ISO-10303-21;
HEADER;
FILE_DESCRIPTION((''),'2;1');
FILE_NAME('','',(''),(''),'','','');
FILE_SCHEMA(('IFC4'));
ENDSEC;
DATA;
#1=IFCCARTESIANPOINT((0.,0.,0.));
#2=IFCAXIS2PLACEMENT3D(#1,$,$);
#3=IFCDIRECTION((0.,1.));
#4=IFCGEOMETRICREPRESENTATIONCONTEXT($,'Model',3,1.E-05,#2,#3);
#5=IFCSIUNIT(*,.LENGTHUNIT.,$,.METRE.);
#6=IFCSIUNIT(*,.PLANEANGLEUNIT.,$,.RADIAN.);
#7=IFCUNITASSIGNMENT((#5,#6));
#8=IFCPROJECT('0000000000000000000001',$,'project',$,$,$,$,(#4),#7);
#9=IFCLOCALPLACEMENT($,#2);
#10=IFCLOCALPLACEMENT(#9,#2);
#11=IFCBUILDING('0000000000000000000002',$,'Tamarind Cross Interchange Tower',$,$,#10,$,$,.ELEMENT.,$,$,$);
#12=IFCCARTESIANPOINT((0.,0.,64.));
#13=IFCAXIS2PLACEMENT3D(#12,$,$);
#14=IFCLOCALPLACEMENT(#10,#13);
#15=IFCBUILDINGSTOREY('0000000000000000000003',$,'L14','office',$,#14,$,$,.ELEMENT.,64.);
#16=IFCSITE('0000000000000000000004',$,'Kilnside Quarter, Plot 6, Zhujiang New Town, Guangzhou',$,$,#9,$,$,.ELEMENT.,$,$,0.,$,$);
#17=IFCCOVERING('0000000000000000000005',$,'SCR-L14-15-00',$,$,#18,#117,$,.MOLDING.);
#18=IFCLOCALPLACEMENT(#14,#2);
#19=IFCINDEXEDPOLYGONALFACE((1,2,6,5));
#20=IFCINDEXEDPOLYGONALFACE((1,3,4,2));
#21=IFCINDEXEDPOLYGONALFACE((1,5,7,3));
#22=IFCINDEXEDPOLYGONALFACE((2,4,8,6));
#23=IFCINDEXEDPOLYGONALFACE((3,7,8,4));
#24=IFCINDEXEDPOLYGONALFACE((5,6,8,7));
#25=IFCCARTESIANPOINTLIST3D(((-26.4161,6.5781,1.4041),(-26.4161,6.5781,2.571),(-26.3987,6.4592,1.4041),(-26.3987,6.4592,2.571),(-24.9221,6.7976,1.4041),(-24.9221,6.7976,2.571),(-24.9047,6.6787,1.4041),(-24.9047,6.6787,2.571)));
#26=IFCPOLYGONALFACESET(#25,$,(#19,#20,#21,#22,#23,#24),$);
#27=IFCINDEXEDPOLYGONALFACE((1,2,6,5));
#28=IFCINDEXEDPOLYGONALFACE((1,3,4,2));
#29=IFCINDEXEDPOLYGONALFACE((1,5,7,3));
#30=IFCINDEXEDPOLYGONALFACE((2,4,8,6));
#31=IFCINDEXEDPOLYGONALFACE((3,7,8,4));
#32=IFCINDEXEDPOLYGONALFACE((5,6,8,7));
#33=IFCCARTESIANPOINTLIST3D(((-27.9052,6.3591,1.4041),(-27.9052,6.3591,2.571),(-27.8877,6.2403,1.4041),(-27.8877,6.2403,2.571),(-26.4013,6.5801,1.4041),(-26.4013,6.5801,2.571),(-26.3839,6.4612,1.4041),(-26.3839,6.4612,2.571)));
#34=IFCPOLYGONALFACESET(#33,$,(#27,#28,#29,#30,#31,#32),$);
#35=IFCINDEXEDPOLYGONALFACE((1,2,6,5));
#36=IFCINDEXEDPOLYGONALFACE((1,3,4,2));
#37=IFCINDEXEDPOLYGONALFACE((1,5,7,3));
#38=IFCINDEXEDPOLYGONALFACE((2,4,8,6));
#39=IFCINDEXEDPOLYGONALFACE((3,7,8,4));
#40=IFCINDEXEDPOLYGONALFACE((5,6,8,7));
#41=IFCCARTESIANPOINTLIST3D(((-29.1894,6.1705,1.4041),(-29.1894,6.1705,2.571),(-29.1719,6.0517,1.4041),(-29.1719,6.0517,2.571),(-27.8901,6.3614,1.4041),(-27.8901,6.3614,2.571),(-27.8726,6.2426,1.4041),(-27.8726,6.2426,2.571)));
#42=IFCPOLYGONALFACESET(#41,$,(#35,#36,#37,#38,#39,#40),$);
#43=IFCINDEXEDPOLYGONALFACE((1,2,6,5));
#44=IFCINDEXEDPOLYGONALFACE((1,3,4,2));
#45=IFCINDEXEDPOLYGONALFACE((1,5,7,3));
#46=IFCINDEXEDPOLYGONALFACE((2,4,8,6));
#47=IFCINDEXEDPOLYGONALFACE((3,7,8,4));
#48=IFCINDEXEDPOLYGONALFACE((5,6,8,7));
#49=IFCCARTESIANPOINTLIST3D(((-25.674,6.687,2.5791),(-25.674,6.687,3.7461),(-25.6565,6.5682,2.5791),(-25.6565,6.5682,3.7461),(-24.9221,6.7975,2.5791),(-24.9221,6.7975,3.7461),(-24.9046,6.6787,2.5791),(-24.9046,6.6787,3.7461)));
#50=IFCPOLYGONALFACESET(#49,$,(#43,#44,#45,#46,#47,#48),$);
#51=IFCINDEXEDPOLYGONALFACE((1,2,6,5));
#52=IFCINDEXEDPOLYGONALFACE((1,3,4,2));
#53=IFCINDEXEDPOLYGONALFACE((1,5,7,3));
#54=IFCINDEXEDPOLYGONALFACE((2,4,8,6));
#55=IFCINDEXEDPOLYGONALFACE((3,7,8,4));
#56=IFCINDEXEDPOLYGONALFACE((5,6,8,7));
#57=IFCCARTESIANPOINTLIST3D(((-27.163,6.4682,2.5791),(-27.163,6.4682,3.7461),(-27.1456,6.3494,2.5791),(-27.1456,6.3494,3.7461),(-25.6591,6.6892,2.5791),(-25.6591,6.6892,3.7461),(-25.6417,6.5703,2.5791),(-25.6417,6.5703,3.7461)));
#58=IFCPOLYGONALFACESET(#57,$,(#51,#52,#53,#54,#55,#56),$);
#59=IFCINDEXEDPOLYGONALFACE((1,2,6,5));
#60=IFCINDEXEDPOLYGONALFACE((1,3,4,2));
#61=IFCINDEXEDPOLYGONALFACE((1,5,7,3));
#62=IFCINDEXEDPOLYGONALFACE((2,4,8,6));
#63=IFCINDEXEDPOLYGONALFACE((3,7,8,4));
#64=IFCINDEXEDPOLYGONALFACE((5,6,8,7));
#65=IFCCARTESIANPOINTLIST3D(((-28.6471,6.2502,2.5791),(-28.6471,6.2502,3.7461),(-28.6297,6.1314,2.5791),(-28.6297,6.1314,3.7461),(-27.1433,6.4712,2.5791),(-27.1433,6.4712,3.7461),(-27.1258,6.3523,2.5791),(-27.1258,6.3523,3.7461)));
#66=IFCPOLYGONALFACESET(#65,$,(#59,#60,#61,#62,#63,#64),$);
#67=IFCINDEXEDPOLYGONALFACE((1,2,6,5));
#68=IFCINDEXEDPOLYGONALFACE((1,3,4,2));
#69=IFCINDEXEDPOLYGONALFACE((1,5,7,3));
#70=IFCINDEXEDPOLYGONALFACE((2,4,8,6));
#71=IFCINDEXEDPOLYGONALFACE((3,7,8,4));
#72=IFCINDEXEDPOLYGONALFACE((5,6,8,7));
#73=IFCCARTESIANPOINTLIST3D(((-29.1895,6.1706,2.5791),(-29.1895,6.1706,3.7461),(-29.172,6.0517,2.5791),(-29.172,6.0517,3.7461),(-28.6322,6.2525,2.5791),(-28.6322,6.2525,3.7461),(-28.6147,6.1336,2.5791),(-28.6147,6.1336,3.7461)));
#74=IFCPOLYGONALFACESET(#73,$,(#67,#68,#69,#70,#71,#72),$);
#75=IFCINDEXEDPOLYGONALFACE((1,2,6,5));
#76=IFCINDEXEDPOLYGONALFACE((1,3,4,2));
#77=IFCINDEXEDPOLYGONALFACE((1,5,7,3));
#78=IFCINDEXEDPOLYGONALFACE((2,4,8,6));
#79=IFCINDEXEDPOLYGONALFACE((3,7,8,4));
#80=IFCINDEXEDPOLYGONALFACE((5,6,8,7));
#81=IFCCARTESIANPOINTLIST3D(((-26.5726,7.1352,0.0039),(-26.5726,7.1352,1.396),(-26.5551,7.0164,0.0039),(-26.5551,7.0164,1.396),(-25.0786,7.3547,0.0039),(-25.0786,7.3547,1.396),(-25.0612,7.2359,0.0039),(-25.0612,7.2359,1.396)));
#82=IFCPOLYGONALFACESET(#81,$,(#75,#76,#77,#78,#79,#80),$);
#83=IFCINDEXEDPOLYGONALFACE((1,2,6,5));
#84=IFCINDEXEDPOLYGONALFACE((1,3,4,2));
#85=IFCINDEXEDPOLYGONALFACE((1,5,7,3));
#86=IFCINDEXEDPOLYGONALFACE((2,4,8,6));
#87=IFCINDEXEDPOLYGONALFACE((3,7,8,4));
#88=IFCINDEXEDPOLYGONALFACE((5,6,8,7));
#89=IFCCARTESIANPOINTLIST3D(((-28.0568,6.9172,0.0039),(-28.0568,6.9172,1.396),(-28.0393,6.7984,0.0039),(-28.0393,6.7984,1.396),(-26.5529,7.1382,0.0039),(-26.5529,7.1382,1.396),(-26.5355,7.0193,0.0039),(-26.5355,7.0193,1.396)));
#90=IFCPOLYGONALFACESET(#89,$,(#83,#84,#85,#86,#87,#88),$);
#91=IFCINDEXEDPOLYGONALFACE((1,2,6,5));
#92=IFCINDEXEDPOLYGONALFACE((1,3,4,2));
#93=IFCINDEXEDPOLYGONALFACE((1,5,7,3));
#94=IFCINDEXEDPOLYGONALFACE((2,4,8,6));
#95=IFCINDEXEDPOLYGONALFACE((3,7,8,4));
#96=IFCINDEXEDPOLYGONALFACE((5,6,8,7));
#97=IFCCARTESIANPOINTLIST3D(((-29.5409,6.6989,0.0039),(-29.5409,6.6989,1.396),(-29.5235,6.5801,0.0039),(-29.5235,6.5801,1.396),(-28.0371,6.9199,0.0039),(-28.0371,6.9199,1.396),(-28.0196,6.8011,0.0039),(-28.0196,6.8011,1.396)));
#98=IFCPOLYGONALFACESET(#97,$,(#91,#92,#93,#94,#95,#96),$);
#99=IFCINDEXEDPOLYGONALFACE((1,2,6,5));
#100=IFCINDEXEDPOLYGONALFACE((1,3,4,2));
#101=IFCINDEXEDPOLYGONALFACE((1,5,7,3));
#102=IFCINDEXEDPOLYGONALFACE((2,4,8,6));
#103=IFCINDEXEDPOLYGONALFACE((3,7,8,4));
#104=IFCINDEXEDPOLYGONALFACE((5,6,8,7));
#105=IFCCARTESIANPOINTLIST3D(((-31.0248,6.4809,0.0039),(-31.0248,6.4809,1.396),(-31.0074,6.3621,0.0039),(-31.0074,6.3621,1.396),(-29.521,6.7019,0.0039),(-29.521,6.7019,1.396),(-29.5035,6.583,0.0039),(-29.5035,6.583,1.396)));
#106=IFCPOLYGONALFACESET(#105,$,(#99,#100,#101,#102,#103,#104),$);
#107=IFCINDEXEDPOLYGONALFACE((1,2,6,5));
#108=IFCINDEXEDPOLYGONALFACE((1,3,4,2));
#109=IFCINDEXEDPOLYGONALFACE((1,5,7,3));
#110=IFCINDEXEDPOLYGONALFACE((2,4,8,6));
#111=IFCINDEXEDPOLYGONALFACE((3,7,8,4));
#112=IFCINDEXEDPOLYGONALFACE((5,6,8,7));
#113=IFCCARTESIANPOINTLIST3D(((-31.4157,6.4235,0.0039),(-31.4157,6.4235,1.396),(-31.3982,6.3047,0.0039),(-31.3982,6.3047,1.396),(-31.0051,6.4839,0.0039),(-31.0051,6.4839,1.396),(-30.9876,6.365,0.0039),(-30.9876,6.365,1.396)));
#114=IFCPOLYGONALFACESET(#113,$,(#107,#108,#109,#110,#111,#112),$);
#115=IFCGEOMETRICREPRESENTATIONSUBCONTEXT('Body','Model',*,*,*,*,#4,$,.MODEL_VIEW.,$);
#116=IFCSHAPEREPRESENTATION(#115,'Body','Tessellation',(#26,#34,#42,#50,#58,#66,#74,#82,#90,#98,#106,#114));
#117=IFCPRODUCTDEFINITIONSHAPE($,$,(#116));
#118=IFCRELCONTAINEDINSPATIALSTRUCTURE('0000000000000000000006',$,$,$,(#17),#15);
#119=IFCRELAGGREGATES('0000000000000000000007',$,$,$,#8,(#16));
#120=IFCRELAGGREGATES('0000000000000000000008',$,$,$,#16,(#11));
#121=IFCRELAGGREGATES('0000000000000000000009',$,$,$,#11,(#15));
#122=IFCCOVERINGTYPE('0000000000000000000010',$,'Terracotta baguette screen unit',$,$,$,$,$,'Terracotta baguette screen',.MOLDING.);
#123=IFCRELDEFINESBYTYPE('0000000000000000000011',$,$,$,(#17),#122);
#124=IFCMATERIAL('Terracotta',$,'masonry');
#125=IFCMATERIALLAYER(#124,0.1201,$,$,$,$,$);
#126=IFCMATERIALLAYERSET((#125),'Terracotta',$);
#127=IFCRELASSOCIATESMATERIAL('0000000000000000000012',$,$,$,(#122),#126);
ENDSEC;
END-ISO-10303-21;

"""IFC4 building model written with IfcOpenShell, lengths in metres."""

from ifc_helpers import new_model, si_unit, direction, frame, origin, origin_2d, place, context, subcontext, project, spatial, rectangle, extrude, material, layer, layer_set, type_object, element, save


model = new_model("IFC4")

# Units and contexts
model_context = context("Model", 3, precision=1e-05, world=origin(), true_north=direction((0.0, 1.0)))
body_context = subcontext(model_context, "Body", "Model", "MODEL_VIEW")
ifc_project = project(units=[si_unit("LENGTHUNIT", "METRE"), si_unit("PLANEANGLEUNIT", "RADIAN")], contexts=[model_context])

# Site, building, storey
site_placement = place(None, origin())
site = spatial("IfcSite", under=ifc_project, at=site_placement, Name="Kilnside Quarter, Plot 6, Zhujiang New Town, Guangzhou", CompositionType="ELEMENT", RefElevation=0.0)
building_placement = place(site_placement, origin())
building = spatial("IfcBuilding", under=site, at=building_placement, Name="Tamarind Cross Interchange Tower", CompositionType="ELEMENT")
storey_placement = place(building_placement, frame((0.0, 0.0, 64.0)))
storey = spatial("IfcBuildingStorey", under=building, at=storey_placement, Name="L14", Description="office", CompositionType="ELEMENT", Elevation=64.0)

# Covering
ifc_material_1 = material(Name="Terracotta", Category="masonry")
ifc_layer_1 = layer(ifc_material_1, 0.1201)
ifc_layer_set_1 = layer_set([ifc_layer_1], Name="Terracotta")
covering_type = type_object("IfcCoveringType", Name="Terracotta baguette screen unit", ElementType="Terracotta baguette screen", PredefinedType="MOLDING", material=ifc_layer_set_1)
covering_1_placement = place(storey_placement, origin())
element("IfcCovering", 1, at=covering_1_placement, inside=storey, type_object=covering_type, Name="SCR-L14-15-00", PredefinedType="MOLDING", context=body_context, shape_type="SweptSolid", body=[
    extrude(rectangle(XDim=1.51, YDim=0.1201, at=origin_2d()), frame((-25.6604, 6.6284, 1.4041), z_axis=(0.0, 0.0, 1.0), x_axis=(-0.989378, -0.145365, 0.0)), (0.0, 0.0, 1.0), 1.167),
    extrude(rectangle(XDim=1.52, YDim=0.1201, at=origin_2d()), frame((-27.1445, 6.4102, 1.4041), z_axis=(0.0, 0.0, 1.0), x_axis=(-0.989378, -0.145365, 0.0)), (0.0, 0.0, 1.0), 1.167),
    extrude(rectangle(XDim=1.3132, YDim=0.1201, at=origin_2d()), frame((-28.531, 6.2065, 1.4041), z_axis=(0.0, 0.0, 1.0), x_axis=(-0.989378, -0.145365, 0.0)), (0.0, 0.0, 1.0), 1.167),
    extrude(rectangle(XDim=0.76, YDim=0.1201, at=origin_2d()), frame((-25.2893, 6.6829, 2.5791), z_axis=(0.0, 0.0, 1.0), x_axis=(-0.989378, -0.145365, 0.0)), (0.0, 0.0, 1.0), 1.167),
    extrude(rectangle(XDim=1.52, YDim=0.1201, at=origin_2d()), frame((-26.4023, 6.5193, 2.5791), z_axis=(0.0, 0.0, 1.0), x_axis=(-0.989378, -0.145365, 0.0)), (0.0, 0.0, 1.0), 1.167),
    extrude(rectangle(XDim=1.52, YDim=0.1201, at=origin_2d()), frame((-27.8865, 6.3013, 2.5791), z_axis=(0.0, 0.0, 1.0), x_axis=(-0.989378, -0.145365, 0.0)), (0.0, 0.0, 1.0), 1.167),
    extrude(rectangle(XDim=0.5632, YDim=0.1201, at=origin_2d()), frame((-28.9021, 6.1521, 2.5791), z_axis=(0.0, 0.0, 1.0), x_axis=(-0.989378, -0.145365, 0.0)), (0.0, 0.0, 1.0), 1.167),
    extrude(rectangle(XDim=1.51, YDim=0.1201, at=origin_2d()), frame((-25.8169, 7.1855, 0.0039), z_axis=(0.0, 0.0, 1.0), x_axis=(-0.989378, -0.145365, 0.0)), (0.0, 0.0, 1.0), 1.3921),
    extrude(rectangle(XDim=1.52, YDim=0.1201, at=origin_2d()), frame((-27.2961, 6.9683, 0.0039), z_axis=(0.0, 0.0, 1.0), x_axis=(-0.989378, -0.145365, 0.0)), (0.0, 0.0, 1.0), 1.3921),
    extrude(rectangle(XDim=1.52, YDim=0.1201, at=origin_2d()), frame((-28.7803, 6.75, 0.0039), z_axis=(0.0, 0.0, 1.0), x_axis=(-0.989378, -0.145365, 0.0)), (0.0, 0.0, 1.0), 1.3921),
    extrude(rectangle(XDim=1.52, YDim=0.1201, at=origin_2d()), frame((-30.2642, 6.532, 0.0039), z_axis=(0.0, 0.0, 1.0), x_axis=(-0.989378, -0.145365, 0.0)), (0.0, 0.0, 1.0), 1.3921),
    extrude(rectangle(XDim=0.415, YDim=0.1201, at=origin_2d()), frame((-31.2017, 6.3943, 0.0039), z_axis=(0.0, 0.0, 1.0), x_axis=(-0.989378, -0.145365, 0.0)), (0.0, 0.0, 1.0), 1.3921),
])

save(model, "model.ifc")
